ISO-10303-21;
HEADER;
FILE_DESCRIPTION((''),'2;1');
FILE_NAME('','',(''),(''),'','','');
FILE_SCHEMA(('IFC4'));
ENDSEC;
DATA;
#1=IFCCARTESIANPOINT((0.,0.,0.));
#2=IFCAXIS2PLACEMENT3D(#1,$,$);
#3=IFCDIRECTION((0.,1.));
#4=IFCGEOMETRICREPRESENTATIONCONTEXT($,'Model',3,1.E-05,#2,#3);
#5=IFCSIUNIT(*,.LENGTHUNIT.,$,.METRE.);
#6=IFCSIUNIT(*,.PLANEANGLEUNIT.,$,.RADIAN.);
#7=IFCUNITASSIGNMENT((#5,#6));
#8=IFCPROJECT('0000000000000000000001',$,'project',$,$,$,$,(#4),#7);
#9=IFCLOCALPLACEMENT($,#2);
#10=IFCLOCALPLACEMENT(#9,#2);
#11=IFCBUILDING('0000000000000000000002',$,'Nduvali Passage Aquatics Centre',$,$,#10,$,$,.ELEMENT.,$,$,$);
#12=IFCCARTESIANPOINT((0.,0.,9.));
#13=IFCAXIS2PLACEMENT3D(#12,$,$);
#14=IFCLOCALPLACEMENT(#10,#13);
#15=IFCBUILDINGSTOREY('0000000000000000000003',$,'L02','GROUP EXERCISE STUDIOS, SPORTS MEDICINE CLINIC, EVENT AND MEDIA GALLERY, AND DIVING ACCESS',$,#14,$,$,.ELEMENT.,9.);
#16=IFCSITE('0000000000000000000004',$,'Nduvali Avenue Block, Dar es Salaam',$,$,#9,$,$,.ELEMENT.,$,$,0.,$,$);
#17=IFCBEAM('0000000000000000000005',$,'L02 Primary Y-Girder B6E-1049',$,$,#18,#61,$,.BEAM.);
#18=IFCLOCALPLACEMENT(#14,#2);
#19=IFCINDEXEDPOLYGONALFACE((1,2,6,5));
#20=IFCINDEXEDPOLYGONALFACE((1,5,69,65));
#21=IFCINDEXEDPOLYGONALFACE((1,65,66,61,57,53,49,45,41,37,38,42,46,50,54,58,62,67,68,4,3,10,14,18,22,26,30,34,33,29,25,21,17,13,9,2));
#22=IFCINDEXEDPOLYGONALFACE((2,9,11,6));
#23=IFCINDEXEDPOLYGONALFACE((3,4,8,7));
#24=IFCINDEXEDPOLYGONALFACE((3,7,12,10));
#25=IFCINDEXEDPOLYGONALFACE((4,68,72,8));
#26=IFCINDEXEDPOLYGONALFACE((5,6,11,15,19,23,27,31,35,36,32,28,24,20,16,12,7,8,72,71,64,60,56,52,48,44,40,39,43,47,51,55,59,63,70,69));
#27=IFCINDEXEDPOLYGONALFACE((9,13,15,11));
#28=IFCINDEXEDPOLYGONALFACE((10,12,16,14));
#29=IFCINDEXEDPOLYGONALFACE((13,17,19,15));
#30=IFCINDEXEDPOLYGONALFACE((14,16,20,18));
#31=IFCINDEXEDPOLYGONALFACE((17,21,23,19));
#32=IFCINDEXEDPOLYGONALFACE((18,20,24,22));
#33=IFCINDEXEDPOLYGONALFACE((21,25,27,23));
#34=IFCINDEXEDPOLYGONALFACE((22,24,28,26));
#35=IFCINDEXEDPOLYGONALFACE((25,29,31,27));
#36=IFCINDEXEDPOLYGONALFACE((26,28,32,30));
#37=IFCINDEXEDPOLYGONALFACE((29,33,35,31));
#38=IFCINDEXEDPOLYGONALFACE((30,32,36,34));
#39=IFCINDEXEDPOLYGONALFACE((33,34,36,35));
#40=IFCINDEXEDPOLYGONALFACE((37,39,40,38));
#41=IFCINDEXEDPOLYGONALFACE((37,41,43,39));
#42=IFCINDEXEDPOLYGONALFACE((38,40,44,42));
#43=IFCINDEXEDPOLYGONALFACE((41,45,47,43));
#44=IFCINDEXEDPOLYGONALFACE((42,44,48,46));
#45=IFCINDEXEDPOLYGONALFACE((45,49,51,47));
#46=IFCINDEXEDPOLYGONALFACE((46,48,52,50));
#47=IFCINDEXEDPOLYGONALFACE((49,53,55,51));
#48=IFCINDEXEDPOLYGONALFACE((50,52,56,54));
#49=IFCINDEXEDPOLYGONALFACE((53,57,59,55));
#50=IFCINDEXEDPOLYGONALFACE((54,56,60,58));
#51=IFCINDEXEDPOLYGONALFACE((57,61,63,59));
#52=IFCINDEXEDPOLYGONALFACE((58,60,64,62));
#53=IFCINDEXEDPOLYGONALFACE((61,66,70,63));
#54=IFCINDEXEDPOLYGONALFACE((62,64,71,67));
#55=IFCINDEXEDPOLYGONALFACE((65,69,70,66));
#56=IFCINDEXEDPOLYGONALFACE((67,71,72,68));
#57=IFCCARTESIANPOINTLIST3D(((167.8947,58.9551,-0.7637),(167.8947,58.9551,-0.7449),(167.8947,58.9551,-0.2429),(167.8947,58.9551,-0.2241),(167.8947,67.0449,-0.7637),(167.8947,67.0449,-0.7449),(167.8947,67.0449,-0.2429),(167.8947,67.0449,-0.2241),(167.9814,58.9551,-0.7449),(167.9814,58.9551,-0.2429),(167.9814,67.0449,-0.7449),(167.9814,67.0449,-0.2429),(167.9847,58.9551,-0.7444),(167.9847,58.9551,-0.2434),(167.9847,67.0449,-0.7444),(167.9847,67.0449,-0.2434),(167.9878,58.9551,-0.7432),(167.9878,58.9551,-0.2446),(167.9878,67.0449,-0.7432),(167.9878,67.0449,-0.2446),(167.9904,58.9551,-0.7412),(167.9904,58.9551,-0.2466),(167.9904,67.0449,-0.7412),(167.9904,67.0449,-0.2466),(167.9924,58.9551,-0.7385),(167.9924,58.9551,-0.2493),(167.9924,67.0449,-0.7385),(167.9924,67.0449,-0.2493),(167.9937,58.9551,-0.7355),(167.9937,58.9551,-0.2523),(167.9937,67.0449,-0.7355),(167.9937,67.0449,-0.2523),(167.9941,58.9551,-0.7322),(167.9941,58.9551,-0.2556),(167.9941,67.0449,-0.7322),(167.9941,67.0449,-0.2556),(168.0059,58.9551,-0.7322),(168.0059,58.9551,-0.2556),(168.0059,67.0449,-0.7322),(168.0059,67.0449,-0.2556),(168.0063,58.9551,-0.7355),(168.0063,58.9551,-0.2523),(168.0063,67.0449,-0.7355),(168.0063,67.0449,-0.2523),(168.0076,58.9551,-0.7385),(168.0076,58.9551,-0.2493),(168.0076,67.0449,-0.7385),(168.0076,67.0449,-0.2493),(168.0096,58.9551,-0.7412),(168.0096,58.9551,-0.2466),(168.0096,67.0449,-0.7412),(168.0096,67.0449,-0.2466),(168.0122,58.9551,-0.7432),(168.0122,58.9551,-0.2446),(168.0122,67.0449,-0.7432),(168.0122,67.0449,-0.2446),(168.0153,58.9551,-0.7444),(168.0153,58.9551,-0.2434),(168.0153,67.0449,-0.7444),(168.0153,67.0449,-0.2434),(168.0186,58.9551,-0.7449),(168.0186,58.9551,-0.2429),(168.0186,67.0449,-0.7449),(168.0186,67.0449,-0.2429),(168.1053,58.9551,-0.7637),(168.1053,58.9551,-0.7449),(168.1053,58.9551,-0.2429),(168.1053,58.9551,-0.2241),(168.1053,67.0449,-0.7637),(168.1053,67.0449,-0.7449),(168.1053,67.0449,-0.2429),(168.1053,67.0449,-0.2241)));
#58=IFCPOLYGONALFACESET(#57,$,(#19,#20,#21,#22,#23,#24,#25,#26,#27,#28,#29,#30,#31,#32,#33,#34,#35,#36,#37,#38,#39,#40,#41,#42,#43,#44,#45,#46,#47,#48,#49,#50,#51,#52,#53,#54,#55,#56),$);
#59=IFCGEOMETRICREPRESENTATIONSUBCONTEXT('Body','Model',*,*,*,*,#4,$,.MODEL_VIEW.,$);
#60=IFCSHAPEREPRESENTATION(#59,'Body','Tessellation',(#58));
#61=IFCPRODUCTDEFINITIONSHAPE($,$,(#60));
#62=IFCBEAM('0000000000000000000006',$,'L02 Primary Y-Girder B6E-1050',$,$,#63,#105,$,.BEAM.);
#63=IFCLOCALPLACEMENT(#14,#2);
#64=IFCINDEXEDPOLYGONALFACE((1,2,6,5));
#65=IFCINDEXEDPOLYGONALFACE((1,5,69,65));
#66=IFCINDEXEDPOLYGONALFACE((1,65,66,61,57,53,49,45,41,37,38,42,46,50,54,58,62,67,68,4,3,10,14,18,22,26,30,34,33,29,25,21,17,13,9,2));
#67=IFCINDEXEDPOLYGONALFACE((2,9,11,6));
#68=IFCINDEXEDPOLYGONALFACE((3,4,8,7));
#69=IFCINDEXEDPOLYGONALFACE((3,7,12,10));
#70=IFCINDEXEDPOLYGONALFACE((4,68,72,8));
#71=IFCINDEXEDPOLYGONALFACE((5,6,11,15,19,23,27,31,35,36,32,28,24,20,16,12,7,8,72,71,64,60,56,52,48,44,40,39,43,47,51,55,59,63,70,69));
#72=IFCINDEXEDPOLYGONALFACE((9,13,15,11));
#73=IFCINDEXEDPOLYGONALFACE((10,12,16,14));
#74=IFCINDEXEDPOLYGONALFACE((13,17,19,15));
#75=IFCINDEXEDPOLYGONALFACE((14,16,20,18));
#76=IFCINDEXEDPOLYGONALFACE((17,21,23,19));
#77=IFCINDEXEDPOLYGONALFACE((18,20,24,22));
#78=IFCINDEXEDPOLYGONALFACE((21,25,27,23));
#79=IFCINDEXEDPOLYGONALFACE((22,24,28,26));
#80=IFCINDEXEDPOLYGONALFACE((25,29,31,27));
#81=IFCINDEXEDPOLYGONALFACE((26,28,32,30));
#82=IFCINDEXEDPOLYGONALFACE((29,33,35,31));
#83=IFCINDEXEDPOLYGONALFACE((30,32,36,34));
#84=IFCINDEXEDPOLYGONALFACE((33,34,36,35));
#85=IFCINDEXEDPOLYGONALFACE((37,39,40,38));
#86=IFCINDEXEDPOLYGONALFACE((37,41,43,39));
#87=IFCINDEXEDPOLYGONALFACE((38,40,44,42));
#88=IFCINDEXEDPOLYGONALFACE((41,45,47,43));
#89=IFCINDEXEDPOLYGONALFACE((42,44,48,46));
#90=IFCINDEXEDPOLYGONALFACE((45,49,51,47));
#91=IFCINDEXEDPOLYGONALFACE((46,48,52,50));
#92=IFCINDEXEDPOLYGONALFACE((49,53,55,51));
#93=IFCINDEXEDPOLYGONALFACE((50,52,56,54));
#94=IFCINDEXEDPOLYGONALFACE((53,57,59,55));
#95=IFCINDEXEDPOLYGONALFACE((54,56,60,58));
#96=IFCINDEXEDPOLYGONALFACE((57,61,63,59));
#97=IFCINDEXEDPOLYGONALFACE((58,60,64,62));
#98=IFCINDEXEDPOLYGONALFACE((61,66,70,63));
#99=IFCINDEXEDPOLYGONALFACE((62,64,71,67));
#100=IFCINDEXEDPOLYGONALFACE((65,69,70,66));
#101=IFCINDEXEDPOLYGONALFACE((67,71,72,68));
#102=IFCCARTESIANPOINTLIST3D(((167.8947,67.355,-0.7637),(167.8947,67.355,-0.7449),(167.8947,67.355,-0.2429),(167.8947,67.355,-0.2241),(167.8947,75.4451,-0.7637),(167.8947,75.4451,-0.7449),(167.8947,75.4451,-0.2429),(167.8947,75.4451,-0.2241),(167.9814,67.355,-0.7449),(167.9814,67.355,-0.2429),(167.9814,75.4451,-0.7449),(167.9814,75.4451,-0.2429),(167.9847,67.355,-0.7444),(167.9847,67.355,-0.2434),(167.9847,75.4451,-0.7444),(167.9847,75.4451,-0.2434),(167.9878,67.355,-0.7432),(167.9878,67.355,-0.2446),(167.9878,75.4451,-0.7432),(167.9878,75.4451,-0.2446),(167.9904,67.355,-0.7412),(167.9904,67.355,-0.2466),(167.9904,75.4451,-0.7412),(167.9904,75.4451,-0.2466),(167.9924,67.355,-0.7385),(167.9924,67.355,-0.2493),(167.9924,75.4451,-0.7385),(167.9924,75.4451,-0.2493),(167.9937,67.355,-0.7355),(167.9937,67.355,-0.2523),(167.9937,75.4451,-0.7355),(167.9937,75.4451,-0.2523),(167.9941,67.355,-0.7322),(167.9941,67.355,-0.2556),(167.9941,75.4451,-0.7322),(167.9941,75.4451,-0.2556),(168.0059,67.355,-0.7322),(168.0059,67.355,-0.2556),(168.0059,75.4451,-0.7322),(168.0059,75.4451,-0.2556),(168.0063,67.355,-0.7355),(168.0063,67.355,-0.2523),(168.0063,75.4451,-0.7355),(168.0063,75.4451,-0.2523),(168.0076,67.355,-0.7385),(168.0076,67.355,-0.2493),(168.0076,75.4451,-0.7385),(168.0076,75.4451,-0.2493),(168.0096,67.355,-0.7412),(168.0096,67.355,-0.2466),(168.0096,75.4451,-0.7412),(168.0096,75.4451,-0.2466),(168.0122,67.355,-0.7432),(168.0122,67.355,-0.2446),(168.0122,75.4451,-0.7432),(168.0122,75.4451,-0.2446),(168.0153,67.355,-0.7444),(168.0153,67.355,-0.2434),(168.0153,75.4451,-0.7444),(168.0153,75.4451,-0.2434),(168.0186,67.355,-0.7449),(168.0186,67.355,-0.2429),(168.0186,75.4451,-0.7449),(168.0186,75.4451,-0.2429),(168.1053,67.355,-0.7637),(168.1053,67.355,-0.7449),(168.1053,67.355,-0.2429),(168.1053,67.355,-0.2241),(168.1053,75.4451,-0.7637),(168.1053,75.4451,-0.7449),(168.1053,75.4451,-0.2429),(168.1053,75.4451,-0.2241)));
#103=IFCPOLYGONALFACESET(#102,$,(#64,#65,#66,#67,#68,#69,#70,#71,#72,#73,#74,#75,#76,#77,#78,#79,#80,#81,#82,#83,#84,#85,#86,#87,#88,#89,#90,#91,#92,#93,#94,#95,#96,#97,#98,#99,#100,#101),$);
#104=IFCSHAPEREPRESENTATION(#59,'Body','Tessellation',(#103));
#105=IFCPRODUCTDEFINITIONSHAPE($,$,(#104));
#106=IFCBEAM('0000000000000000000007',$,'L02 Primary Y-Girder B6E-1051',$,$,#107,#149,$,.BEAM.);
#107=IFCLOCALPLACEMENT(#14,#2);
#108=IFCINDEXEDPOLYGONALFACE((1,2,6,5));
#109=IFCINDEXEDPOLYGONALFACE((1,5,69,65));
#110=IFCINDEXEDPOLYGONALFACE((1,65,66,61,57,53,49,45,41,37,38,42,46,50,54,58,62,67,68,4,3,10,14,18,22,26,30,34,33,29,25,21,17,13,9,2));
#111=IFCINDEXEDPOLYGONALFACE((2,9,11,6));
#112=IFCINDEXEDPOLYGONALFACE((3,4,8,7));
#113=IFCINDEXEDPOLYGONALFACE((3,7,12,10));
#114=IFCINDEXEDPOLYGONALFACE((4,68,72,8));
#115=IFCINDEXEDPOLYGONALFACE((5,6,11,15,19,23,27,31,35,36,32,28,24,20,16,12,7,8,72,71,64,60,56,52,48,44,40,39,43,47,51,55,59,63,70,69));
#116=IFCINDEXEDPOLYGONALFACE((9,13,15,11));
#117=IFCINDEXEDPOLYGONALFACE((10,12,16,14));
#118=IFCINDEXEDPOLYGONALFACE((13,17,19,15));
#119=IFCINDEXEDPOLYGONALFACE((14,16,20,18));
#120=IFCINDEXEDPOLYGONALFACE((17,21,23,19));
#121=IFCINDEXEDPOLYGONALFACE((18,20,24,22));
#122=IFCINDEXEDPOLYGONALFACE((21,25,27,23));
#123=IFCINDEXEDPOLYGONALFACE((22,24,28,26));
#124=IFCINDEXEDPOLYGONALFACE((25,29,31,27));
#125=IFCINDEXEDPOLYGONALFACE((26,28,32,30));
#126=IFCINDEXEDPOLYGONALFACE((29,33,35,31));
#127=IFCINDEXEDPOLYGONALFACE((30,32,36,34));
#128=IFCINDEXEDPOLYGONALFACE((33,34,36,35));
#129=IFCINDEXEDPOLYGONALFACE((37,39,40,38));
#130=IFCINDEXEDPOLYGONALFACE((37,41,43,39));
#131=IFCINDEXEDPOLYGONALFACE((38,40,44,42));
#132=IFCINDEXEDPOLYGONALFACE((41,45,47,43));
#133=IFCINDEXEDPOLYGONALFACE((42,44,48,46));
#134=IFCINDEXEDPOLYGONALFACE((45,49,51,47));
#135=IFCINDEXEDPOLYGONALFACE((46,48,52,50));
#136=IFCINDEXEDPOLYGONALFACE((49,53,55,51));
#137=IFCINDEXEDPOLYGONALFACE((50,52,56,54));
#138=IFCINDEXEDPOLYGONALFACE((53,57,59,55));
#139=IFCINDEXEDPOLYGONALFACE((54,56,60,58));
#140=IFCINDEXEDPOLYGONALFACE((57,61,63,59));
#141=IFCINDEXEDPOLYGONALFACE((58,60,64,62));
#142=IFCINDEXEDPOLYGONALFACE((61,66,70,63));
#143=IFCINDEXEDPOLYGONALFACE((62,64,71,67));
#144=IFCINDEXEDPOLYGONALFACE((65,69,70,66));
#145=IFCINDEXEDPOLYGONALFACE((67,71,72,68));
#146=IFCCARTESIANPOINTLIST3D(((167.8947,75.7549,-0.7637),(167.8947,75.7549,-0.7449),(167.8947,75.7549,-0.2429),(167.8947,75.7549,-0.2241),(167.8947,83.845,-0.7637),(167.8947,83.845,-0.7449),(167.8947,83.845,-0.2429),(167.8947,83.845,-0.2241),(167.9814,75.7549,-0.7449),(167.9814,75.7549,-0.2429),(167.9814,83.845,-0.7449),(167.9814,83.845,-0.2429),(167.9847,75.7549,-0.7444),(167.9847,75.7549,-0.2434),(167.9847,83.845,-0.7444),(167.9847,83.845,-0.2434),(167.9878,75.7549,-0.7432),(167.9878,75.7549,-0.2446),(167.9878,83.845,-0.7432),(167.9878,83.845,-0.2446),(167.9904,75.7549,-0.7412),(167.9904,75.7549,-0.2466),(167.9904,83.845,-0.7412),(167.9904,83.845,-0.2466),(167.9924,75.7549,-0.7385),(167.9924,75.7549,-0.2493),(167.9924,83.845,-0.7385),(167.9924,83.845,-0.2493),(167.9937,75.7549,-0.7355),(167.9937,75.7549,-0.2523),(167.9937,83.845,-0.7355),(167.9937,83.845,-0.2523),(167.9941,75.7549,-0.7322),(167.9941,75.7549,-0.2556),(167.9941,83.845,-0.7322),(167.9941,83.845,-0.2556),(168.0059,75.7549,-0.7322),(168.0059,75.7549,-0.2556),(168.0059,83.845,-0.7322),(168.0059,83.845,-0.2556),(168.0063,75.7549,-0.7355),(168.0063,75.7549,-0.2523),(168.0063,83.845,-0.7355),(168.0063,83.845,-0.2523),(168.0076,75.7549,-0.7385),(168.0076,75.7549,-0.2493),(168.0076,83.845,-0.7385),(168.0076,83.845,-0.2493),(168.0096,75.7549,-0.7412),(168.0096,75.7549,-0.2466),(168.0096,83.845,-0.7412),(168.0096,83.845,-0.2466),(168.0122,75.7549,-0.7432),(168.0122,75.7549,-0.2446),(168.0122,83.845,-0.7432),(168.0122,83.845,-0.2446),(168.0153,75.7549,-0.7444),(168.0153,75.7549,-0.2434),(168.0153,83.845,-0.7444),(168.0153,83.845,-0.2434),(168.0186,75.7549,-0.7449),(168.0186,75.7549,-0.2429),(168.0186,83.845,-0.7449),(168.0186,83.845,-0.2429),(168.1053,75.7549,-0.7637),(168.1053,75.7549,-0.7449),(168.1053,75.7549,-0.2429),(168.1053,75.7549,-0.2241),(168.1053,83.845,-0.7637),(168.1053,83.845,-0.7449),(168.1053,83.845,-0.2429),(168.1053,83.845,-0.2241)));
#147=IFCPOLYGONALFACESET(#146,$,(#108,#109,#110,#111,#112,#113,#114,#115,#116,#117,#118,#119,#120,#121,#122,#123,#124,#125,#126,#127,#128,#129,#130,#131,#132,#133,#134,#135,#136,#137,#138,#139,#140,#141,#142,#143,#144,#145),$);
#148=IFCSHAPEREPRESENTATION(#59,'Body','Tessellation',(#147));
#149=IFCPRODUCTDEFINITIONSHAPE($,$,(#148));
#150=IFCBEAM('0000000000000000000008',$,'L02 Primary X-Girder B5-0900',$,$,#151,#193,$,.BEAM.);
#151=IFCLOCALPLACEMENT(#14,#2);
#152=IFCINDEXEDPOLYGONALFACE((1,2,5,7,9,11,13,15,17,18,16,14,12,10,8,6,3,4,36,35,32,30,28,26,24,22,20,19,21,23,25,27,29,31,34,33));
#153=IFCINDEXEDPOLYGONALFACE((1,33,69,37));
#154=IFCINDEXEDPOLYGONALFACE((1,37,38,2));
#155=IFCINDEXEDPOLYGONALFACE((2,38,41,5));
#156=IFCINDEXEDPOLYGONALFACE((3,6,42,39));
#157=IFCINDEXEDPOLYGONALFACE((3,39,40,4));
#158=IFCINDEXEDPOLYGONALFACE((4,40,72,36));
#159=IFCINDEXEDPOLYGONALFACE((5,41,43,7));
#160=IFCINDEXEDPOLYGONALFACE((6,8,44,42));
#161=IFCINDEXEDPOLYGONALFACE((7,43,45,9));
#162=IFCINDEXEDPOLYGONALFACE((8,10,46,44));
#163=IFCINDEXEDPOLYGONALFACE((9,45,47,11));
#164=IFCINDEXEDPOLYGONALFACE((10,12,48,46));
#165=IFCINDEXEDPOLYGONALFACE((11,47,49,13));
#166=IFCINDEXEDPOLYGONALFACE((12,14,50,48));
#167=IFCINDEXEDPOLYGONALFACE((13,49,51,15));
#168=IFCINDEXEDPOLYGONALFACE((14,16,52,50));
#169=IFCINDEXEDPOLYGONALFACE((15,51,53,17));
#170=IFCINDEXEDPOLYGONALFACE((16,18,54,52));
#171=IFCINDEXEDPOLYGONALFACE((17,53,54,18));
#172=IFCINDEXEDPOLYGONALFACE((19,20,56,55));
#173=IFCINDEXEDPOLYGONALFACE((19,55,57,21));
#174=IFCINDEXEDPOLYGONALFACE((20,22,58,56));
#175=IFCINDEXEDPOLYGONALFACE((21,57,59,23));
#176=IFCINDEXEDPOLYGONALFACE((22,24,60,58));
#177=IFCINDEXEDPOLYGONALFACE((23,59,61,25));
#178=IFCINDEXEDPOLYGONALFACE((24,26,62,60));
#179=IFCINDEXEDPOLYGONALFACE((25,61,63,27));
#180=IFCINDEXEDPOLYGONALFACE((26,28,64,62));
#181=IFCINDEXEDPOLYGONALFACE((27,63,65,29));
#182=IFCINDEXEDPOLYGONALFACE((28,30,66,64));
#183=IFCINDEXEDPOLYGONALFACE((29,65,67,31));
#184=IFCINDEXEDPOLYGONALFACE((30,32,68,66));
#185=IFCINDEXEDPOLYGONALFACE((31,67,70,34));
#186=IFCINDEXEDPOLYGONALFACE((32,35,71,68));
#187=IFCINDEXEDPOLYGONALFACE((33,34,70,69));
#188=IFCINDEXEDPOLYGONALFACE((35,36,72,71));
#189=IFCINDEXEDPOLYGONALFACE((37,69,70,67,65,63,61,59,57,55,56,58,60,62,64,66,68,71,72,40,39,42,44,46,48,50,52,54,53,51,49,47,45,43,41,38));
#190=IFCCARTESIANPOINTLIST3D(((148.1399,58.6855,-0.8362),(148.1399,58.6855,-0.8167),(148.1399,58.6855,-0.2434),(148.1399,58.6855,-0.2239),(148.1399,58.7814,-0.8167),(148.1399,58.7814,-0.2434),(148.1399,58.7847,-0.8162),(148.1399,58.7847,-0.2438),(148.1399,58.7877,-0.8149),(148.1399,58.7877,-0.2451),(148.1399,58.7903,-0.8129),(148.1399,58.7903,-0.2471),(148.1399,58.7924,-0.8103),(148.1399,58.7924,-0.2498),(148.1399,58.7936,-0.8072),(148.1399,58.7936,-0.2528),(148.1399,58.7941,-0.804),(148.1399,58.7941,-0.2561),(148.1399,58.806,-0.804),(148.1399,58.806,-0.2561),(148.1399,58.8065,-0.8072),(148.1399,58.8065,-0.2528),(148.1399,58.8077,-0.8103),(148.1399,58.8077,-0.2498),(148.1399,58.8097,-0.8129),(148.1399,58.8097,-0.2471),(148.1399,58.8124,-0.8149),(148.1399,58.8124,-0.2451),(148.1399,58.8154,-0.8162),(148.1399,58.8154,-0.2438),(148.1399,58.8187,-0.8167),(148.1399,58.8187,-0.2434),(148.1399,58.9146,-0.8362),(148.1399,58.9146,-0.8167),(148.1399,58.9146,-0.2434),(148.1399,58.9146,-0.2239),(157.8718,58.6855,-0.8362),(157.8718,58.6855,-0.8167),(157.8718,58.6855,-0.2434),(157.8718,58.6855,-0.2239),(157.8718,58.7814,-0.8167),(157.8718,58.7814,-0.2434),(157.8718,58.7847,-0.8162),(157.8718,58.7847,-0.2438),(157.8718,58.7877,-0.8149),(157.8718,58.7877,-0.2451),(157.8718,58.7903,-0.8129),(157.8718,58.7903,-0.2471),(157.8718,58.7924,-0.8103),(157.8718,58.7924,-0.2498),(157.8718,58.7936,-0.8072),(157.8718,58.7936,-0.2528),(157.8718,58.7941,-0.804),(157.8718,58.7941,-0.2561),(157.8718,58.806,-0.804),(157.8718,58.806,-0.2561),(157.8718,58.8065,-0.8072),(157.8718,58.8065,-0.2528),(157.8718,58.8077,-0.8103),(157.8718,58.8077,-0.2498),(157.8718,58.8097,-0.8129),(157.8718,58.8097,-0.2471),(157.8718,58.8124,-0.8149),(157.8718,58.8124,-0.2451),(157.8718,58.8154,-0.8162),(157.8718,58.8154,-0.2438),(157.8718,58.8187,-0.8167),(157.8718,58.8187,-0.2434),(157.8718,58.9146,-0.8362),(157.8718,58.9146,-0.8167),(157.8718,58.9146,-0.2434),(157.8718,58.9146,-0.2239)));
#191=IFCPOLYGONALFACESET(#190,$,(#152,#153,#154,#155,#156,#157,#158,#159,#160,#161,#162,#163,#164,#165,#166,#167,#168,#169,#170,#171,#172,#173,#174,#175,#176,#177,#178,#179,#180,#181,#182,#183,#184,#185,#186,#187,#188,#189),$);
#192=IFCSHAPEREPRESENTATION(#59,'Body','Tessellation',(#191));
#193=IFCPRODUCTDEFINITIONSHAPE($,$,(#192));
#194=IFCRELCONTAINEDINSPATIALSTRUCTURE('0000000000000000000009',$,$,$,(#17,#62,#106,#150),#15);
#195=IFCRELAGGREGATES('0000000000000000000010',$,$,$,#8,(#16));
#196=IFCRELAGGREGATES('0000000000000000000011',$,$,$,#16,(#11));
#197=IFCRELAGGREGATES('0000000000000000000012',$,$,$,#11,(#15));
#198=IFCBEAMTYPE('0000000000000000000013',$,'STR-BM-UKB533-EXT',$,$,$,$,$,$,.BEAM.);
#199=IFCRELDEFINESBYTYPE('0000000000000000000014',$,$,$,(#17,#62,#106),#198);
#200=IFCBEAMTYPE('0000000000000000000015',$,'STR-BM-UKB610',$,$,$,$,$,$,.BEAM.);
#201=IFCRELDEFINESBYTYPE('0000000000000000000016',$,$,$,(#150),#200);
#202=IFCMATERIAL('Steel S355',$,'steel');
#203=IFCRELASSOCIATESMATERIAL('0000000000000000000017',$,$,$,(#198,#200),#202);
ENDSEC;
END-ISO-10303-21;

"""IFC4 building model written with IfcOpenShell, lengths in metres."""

from ifc_helpers import new_model, si_unit, direction, frame, origin, origin_2d, place, context, subcontext, project, spatial, i_section, extrude, material, material_profile, profile_set, type_object, element, save


model = new_model("IFC4")

# Units and contexts
model_context = context("Model", 3, precision=1e-05, world=origin(), true_north=direction((0.0, 1.0)))
body_context = subcontext(model_context, "Body", "Model", "MODEL_VIEW")
ifc_project = project(units=[si_unit("LENGTHUNIT", "METRE"), si_unit("PLANEANGLEUNIT", "RADIAN")], contexts=[model_context])

# Site, building, storey
site_placement = place(None, origin())
site = spatial("IfcSite", under=ifc_project, at=site_placement, Name="Nduvali Avenue Block, Dar es Salaam", CompositionType="ELEMENT", RefElevation=0.0)
building_placement = place(site_placement, origin())
building = spatial("IfcBuilding", under=site, at=building_placement, Name="Nduvali Passage Aquatics Centre", CompositionType="ELEMENT")
storey_placement = place(building_placement, frame((0.0, 0.0, 9.0)))
storey = spatial("IfcBuildingStorey", under=building, at=storey_placement, Name="L02", Description="GROUP EXERCISE STUDIOS, SPORTS MEDICINE CLINIC, EVENT AND MEDIA GALLERY, AND DIVING ACCESS", CompositionType="ELEMENT", Elevation=9.0)

# Beams
ifc_material = material(Name="Steel S355", Category="steel")
ifc_material_profile_1 = material_profile(ifc_material, i_section(OverallWidth=0.2107, OverallDepth=0.5396, WebThickness=0.0117, FlangeThickness=0.0188, FilletRadius=0.0127, at=origin_2d()), Name="UKB 533x210x109")
ifc_profile_set_1 = profile_set([ifc_material_profile_1], Name="Steel S355")
beam_type_1 = type_object("IfcBeamType", Name="STR-BM-UKB533-EXT", PredefinedType="BEAM", material=ifc_profile_set_1)
beam_1_placement = place(storey_placement, frame((168.0, 58.9551, -0.4939), z_axis=(0.0, 1.0, 0.0), x_axis=(-1.0, 0.0, 0.0)))
element("IfcBeam", 1, at=beam_1_placement, inside=storey, type_object=beam_type_1, Name="L02 Primary Y-Girder B6E-1049", PredefinedType="BEAM", context=body_context, shape_type="SweptSolid", body=[
    extrude(i_section(OverallWidth=0.2107, OverallDepth=0.5396, WebThickness=0.0117, FlangeThickness=0.0188, FilletRadius=0.0127, at=origin_2d()), origin(), (0.0, 0.0, 1.0), 8.0898),
])
for number, where, z_axis, x_axis, name in (
    (2, (168.0, 67.355, -0.4939), (0.0, 1.0, 0.0), (-1.0, 0.0, 0.0), "L02 Primary Y-Girder B6E-1050"),
    (3, (168.0, 75.7549, -0.4939), (0.0, 1.0, 0.0), (-1.0, 0.0, 0.0), "L02 Primary Y-Girder B6E-1051"),
):
    element("IfcBeam", number, at=place(storey_placement, frame(where, z_axis=z_axis, x_axis=x_axis)), inside=storey, type_object=beam_type_1, Name=name, PredefinedType="BEAM", context=body_context, shape_type="SweptSolid", body=[
        extrude(i_section(OverallWidth=0.2107, OverallDepth=0.5396, WebThickness=0.0117, FlangeThickness=0.0188, FilletRadius=0.0127, at=origin_2d()), origin(), (0.0, 0.0, 1.0), 8.0901),
    ])
ifc_material_profile_2 = material_profile(ifc_material, i_section(OverallWidth=0.229, OverallDepth=0.6123, WebThickness=0.012, FlangeThickness=0.0195, FilletRadius=0.0127, at=origin_2d()), Name="UKB 610x229x125")
ifc_profile_set_2 = profile_set([ifc_material_profile_2], Name="Steel S355")
beam_type_2 = type_object("IfcBeamType", Name="STR-BM-UKB610", PredefinedType="BEAM", material=ifc_profile_set_2)
beam_2_placement = place(storey_placement, frame((148.1399, 58.8, -0.53), z_axis=(1.0, 0.0, 0.0), x_axis=(0.0, 1.0, 0.0)))
element("IfcBeam", 4, at=beam_2_placement, inside=storey, type_object=beam_type_2, Name="L02 Primary X-Girder B5-0900", PredefinedType="BEAM", context=body_context, shape_type="SweptSolid", body=[
    extrude(i_section(OverallWidth=0.229, OverallDepth=0.6123, WebThickness=0.012, FlangeThickness=0.0195, FilletRadius=0.0127, at=origin_2d()), origin(), (0.0, 0.0, 1.0), 9.7319),
])

save(model, "model.ifc")
